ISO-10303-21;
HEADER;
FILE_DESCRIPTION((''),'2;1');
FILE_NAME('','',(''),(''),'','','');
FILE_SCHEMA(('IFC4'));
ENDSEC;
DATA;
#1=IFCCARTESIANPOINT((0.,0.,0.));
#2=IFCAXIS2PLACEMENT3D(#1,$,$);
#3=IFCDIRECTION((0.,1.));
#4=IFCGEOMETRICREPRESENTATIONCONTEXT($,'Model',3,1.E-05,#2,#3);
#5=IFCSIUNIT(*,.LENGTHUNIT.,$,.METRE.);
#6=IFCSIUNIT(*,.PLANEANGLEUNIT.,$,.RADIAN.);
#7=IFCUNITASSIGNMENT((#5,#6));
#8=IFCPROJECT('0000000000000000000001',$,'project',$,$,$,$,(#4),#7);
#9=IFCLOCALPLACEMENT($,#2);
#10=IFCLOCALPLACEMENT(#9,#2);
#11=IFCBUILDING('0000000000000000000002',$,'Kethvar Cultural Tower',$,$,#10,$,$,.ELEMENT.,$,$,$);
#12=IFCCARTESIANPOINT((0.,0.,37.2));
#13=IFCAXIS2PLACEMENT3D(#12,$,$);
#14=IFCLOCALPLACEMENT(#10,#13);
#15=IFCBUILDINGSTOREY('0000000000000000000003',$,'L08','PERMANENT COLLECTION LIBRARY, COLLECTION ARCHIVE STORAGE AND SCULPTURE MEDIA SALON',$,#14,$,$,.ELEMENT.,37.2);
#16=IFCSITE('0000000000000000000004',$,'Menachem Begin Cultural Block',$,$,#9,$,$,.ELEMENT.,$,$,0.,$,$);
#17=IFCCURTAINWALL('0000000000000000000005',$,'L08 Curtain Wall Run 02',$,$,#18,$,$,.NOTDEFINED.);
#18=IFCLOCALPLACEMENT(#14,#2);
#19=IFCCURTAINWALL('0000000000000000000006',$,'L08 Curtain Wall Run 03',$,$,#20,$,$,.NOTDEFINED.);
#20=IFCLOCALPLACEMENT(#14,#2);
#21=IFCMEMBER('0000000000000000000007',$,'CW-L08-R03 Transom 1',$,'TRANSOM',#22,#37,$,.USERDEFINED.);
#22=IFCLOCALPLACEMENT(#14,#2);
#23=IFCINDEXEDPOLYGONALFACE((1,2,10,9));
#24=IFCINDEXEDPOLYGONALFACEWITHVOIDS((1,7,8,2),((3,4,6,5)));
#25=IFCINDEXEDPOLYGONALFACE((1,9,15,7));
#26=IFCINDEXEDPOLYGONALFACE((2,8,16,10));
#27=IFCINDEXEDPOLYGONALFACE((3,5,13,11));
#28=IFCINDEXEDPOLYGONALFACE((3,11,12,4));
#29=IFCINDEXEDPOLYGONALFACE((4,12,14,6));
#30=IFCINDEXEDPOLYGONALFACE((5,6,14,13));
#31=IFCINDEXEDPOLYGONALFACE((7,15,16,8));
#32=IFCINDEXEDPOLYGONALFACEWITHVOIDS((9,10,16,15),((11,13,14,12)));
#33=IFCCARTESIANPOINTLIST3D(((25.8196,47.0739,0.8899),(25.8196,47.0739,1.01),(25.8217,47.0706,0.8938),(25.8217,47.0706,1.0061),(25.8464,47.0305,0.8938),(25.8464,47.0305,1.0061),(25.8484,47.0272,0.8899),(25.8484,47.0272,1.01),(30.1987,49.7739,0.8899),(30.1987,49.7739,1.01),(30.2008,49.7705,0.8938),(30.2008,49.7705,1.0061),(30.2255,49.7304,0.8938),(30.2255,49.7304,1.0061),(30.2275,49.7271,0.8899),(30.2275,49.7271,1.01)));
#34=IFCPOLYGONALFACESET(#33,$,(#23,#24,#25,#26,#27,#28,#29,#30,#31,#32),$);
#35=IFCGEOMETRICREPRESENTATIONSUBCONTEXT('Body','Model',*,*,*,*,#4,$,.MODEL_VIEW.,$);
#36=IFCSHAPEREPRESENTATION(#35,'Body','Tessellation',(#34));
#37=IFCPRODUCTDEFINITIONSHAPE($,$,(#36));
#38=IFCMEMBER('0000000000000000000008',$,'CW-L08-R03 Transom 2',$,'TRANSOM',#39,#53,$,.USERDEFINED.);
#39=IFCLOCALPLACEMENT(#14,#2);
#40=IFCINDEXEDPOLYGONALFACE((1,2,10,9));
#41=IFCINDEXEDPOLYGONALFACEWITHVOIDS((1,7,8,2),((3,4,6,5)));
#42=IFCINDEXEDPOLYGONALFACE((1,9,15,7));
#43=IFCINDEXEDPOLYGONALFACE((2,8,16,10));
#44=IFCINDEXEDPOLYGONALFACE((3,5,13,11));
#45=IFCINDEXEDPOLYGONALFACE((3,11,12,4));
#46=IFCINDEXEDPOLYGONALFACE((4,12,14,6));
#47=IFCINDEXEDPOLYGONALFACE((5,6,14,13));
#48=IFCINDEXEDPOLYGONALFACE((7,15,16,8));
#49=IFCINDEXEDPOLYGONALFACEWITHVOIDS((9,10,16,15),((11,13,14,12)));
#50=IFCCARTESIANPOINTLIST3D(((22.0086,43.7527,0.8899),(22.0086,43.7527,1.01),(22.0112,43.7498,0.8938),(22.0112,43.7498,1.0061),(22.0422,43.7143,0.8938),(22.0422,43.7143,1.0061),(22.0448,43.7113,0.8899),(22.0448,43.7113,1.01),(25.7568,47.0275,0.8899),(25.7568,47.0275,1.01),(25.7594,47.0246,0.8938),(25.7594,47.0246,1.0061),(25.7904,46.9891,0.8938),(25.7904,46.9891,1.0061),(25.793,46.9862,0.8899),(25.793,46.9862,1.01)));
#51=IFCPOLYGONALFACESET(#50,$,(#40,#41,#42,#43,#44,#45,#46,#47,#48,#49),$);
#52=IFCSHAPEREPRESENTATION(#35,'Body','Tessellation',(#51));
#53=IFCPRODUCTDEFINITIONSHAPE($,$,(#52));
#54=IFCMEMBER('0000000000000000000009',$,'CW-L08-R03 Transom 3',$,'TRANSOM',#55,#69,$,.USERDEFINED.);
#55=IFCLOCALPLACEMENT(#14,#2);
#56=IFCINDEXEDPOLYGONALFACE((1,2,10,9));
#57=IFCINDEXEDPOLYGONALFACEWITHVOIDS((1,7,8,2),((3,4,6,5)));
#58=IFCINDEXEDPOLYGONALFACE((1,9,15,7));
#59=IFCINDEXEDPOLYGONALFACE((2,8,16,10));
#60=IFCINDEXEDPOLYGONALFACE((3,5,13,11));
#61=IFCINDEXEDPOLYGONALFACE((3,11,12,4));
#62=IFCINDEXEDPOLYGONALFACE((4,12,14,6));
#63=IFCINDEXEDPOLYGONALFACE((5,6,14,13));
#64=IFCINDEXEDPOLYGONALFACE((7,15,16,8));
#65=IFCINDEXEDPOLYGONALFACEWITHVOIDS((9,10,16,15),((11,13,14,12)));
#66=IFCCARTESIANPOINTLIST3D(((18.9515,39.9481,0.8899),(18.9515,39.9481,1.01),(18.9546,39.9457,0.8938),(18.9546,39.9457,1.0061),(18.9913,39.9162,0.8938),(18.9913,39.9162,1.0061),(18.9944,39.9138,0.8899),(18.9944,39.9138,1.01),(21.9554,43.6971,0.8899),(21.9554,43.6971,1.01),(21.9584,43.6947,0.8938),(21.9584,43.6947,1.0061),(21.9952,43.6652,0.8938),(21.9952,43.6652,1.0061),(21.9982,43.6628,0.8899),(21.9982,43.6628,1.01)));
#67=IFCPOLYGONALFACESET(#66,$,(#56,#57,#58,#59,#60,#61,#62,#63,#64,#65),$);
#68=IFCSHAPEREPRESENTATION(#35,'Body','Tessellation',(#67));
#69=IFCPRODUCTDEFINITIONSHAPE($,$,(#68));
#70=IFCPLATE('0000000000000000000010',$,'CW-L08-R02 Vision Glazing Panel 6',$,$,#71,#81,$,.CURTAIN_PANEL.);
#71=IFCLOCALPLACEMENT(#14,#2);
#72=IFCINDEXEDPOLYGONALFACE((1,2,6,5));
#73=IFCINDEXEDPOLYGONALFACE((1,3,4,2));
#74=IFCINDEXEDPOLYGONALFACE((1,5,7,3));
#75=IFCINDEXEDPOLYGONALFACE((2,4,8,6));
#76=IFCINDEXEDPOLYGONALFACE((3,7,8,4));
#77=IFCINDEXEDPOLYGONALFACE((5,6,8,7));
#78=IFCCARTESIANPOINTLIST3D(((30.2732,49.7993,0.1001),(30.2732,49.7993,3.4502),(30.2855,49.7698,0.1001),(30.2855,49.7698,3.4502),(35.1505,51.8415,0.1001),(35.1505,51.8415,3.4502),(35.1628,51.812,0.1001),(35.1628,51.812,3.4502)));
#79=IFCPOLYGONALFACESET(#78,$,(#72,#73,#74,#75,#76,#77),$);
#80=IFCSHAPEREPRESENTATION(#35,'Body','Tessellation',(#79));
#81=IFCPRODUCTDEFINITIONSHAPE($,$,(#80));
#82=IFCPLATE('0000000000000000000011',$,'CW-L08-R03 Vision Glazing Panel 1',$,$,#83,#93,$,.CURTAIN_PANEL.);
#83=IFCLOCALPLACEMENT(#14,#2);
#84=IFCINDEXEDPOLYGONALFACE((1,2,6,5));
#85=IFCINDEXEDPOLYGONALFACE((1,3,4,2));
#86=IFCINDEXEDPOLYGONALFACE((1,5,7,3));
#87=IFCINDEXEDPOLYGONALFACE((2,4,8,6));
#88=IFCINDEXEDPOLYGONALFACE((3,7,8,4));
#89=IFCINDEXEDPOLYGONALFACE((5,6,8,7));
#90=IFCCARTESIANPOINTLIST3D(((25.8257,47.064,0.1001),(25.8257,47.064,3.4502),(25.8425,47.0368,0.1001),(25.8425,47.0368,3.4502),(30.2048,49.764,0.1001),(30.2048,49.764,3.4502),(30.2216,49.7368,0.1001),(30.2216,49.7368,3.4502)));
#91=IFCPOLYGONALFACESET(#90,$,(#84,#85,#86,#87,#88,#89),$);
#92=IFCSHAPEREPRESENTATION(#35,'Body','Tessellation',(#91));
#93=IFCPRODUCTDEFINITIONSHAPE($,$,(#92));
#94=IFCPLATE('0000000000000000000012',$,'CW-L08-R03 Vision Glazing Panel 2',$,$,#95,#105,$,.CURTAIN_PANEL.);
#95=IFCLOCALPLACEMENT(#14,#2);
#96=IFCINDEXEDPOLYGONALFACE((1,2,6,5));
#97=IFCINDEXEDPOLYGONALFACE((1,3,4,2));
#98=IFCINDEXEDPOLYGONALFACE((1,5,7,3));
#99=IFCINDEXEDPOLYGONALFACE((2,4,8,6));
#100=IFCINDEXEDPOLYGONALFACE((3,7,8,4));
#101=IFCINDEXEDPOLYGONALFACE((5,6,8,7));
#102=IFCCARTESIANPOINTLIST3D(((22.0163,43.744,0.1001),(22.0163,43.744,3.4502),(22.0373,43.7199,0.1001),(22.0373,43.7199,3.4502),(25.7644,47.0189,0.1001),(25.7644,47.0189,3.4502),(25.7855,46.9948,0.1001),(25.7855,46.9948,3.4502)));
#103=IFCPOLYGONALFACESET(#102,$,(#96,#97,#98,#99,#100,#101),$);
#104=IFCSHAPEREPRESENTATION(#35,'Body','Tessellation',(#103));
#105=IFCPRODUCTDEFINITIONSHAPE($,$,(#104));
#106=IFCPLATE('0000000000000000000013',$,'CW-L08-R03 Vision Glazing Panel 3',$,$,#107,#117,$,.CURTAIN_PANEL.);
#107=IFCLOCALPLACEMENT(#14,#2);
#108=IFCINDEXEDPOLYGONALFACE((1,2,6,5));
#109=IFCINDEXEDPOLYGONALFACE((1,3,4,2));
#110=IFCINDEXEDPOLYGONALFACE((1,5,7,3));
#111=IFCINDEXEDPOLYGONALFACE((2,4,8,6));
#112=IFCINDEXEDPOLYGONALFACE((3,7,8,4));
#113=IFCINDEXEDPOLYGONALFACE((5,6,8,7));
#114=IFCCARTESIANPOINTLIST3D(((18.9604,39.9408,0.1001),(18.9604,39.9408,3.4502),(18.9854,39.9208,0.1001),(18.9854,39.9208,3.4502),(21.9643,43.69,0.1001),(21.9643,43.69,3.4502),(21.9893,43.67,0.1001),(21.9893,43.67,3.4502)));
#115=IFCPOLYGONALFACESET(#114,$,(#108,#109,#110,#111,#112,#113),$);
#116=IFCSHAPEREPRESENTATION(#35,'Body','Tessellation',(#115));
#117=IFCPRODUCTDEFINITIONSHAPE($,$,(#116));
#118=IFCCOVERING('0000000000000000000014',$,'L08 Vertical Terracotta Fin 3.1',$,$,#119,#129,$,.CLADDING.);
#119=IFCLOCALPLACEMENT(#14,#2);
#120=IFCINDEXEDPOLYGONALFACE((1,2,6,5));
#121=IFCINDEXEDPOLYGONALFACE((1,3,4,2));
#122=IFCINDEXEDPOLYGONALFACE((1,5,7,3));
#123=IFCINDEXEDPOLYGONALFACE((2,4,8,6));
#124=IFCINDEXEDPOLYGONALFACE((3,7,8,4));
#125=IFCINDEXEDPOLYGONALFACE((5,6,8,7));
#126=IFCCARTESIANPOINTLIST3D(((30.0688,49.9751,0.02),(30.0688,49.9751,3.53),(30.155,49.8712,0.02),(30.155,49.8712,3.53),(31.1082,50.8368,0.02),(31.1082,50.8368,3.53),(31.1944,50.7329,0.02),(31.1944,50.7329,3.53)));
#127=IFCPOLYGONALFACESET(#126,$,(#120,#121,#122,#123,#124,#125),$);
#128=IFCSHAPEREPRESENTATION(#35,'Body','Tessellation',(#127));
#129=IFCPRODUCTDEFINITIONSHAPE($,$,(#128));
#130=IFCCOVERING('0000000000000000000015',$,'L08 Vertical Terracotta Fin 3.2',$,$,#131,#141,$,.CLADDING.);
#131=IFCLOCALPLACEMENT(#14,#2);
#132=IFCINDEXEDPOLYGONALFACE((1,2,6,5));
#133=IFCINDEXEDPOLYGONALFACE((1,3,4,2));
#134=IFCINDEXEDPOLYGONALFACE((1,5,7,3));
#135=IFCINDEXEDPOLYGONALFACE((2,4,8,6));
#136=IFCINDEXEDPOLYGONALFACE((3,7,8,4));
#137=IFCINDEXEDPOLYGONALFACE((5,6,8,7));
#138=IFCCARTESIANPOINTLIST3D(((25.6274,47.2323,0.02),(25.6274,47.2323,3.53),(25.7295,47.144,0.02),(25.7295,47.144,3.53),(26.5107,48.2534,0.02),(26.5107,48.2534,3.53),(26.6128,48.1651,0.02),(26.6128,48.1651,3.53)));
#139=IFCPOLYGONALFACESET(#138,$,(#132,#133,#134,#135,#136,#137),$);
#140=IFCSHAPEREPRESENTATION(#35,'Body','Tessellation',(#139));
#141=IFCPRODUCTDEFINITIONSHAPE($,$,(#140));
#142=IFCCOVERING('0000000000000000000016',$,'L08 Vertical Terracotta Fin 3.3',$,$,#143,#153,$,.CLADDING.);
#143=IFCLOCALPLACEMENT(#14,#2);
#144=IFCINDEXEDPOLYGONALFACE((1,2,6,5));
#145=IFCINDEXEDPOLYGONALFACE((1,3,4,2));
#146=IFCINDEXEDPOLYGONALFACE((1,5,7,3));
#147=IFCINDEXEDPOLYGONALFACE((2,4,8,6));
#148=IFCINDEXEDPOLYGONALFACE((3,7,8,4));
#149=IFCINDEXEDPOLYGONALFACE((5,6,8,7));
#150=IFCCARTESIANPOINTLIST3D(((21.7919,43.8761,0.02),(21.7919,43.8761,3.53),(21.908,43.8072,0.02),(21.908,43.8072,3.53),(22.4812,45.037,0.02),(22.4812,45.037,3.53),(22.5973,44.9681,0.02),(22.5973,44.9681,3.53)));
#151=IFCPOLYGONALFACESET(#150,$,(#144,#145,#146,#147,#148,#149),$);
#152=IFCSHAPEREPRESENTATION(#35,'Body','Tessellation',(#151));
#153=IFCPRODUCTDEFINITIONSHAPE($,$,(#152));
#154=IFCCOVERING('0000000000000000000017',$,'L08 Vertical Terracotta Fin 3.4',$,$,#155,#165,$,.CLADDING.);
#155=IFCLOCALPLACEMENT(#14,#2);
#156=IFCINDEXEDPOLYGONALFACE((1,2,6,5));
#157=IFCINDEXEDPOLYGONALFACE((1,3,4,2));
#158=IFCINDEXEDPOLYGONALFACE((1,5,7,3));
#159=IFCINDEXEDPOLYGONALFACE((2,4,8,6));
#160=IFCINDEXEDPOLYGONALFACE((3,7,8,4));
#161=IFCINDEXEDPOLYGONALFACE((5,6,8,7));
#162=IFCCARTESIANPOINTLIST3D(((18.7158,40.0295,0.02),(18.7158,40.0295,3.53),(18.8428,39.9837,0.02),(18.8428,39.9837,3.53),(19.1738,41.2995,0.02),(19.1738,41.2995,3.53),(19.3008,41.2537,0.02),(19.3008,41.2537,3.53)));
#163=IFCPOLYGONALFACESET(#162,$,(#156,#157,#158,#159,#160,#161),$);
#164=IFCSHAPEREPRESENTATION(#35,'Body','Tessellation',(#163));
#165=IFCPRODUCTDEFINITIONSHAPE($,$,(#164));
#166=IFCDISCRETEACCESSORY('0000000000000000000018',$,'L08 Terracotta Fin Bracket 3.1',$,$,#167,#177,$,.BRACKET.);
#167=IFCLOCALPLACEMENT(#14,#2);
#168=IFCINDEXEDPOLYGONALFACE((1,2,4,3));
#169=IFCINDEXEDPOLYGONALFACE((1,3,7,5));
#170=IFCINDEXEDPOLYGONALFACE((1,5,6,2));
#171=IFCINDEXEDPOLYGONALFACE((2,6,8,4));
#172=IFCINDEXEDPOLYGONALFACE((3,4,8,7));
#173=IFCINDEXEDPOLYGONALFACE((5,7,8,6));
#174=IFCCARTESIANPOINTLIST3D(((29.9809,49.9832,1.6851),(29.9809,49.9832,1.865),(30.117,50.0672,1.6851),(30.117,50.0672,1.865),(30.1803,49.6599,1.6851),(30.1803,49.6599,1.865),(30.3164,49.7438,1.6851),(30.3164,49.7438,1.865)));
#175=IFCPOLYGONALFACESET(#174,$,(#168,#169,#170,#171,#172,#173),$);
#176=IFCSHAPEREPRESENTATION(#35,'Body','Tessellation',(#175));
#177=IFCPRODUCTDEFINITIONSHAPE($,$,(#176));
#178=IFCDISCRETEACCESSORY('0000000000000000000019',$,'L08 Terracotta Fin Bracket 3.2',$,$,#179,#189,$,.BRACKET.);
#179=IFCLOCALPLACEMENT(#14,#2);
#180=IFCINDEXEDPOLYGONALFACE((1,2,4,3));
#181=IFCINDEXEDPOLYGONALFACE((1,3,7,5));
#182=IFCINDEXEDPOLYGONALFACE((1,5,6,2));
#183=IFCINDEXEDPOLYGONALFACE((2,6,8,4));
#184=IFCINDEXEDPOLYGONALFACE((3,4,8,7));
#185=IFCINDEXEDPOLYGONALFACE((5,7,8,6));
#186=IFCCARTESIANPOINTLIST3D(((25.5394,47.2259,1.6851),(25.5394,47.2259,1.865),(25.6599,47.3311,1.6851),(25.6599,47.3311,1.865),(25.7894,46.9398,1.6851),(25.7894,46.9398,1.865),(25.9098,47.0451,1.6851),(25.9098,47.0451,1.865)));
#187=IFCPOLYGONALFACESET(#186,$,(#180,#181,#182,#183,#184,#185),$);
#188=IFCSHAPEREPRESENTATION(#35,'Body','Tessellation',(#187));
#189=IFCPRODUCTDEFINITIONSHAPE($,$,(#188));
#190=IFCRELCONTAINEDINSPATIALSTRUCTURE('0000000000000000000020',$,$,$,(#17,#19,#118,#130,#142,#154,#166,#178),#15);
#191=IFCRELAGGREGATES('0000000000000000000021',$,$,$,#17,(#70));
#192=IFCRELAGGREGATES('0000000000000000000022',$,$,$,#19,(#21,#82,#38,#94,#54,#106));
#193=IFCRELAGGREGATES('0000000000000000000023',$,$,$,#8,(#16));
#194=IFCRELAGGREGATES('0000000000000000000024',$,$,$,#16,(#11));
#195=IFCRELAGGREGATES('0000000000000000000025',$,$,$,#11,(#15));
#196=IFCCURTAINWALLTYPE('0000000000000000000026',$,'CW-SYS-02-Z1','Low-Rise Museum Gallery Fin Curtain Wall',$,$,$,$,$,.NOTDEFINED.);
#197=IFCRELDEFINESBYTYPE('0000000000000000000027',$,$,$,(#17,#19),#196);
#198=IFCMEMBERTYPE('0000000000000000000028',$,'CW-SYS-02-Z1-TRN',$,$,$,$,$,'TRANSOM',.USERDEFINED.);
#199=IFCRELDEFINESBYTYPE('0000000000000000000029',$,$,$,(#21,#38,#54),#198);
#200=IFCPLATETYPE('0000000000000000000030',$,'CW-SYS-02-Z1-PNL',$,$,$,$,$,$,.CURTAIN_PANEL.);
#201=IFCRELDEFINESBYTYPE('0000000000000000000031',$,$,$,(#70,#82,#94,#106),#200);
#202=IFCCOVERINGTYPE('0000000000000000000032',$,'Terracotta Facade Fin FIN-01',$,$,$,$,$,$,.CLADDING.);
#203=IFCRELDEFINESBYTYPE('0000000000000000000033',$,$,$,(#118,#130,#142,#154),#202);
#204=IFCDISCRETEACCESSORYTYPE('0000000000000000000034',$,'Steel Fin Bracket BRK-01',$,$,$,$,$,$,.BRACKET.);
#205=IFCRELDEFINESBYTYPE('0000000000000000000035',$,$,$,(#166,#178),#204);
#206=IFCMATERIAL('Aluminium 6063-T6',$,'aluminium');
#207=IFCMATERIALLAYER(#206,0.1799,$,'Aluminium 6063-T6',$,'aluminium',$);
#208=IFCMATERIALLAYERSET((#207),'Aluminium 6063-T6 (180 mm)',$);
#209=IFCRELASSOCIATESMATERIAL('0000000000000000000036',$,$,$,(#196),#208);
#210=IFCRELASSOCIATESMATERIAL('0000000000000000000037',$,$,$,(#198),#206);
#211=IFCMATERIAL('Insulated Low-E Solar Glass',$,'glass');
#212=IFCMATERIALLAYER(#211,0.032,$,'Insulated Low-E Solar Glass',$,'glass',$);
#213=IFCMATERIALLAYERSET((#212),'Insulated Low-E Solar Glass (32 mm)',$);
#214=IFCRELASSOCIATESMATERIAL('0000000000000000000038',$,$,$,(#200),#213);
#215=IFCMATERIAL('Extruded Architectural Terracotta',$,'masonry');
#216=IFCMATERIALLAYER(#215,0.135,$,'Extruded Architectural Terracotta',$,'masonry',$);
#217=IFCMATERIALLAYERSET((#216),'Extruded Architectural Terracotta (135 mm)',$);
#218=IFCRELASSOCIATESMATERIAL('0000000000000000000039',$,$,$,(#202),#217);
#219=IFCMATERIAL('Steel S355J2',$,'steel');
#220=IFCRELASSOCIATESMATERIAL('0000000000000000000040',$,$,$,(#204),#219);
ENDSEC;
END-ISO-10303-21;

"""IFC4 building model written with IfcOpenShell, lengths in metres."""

from ifc_helpers import new_model, si_unit, direction, frame, origin, origin_2d, place, context, subcontext, project, spatial, rectangle, hollow_rectangle, extrude, source, transform, mapped, material, layer, layer_set, material_profile, profile_set, type_object, element, aggregate, save


model = new_model("IFC4")

# Units and contexts
model_context = context("Model", 3, precision=1e-05, world=origin(), true_north=direction((0.0, 1.0)))
body_context = subcontext(model_context, "Body", "Model", "MODEL_VIEW")
ifc_project = project(units=[si_unit("LENGTHUNIT", "METRE"), si_unit("PLANEANGLEUNIT", "RADIAN")], contexts=[model_context])

# Site, building, storey
site_placement = place(None, origin())
site = spatial("IfcSite", under=ifc_project, at=site_placement, Name="Menachem Begin Cultural Block", CompositionType="ELEMENT", RefElevation=0.0)
building_placement = place(site_placement, origin())
building = spatial("IfcBuilding", under=site, at=building_placement, Name="Kethvar Cultural Tower", CompositionType="ELEMENT")
storey_placement = place(building_placement, frame((0.0, 0.0, 37.2)))
storey = spatial("IfcBuildingStorey", under=building, at=storey_placement, Name="L08", Description="PERMANENT COLLECTION LIBRARY, COLLECTION ARCHIVE STORAGE AND SCULPTURE MEDIA SALON", CompositionType="ELEMENT", Elevation=37.2)

# Shared definitions
ifc_material_1 = material(Name="Steel S355J2", Category="steel")

# Curtain wall
ifc_material_2 = material(Name="Aluminium 6063-T6", Category="aluminium")
ifc_layer_1 = layer(ifc_material_2, 0.1799, Name="Aluminium 6063-T6", Category="aluminium")
ifc_layer_set_1 = layer_set([ifc_layer_1], Name="Aluminium 6063-T6 (180 mm)")
curtain_wall_type = type_object("IfcCurtainWallType", Name="CW-SYS-02-Z1", Description="Low-Rise Museum Gallery Fin Curtain Wall", PredefinedType="NOTDEFINED", material=ifc_layer_set_1)
curtain_wall_1_placement = place(storey_placement, origin())
curtain_wall_1 = element("IfcCurtainWall", 1, at=curtain_wall_1_placement, inside=storey, type_object=curtain_wall_type, Name="L08 Curtain Wall Run 02", PredefinedType="NOTDEFINED")

# Curtain wall, members
curtain_wall_2_placement = place(storey_placement, origin())
curtain_wall_2 = element("IfcCurtainWall", 2, at=curtain_wall_2_placement, inside=storey, type_object=curtain_wall_type, Name="L08 Curtain Wall Run 03", PredefinedType="NOTDEFINED")
ifc_material_profile_1 = material_profile(ifc_material_2, hollow_rectangle(XDim=0.0549, YDim=0.1201, WallThickness=0.0039, at=origin_2d()), Name="Aluminium 6063-T6 — RHS120x55x4")
ifc_profile_set_1 = profile_set([ifc_material_profile_1], Name="Aluminium 6063-T6 — RHS120x55x4")
member_type_1 = type_object("IfcMemberType", Name="CW-SYS-02-Z1-TRN", ElementType="TRANSOM", PredefinedType="USERDEFINED", material=ifc_profile_set_1)
shared_shape_1 = source(origin(), body_context, "Body", "SweptSolid", [
    extrude(hollow_rectangle(XDim=0.0549, YDim=0.1201, WallThickness=0.0039, at=origin_2d()), origin(), (0.0, 0.0, 1.0), 5.1445),
])
member_1_placement = place(storey_placement, frame((30.2131, 49.7505, 0.95), z_axis=(-0.851216, -0.524815, 0.0), x_axis=(0.524815, -0.851216, 0.0)))
member_1 = element("IfcMember", 3, at=member_1_placement, type_object=member_type_1, Name="CW-L08-R03 Transom 1", ObjectType="TRANSOM", PredefinedType="USERDEFINED", context=body_context, shape_type="MappedRepresentation", body=[
    mapped(shared_shape_1, transform((0.0, 0.0, 0.0), scale=1.0)),
])
shared_shape_2 = source(origin(), body_context, "Body", "SweptSolid", [
    extrude(hollow_rectangle(XDim=0.0549, YDim=0.1201, WallThickness=0.0039, at=origin_2d()), origin(), (0.0, 0.0, 1.0), 4.9773),
])
member_2_placement = place(storey_placement, frame((25.7749, 47.0068, 0.95), z_axis=(-0.75306, -0.657952, 0.0), x_axis=(0.657952, -0.75306, 0.0)))
member_2 = element("IfcMember", 4, at=member_2_placement, type_object=member_type_1, Name="CW-L08-R03 Transom 2", ObjectType="TRANSOM", PredefinedType="USERDEFINED", context=body_context, shape_type="MappedRepresentation", body=[
    mapped(shared_shape_2, transform((0.0, 0.0, 0.0), scale=1.0)),
])
shared_shape_3 = source(origin(), body_context, "Body", "SweptSolid", [
    extrude(hollow_rectangle(XDim=0.0549, YDim=0.1201, WallThickness=0.0039, at=origin_2d()), origin(), (0.0, 0.0, 1.0), 4.804),
])
member_3_placement = place(storey_placement, frame((21.9768, 43.6799, 0.95), z_axis=(-0.62529, -0.780393, 0.0), x_axis=(0.780393, -0.62529, 0.0)))
member_3 = element("IfcMember", 5, at=member_3_placement, type_object=member_type_1, Name="CW-L08-R03 Transom 3", ObjectType="TRANSOM", PredefinedType="USERDEFINED", context=body_context, shape_type="MappedRepresentation", body=[
    mapped(shared_shape_3, transform((0.0, 0.0, 0.0), scale=1.0)),
])

# Plates
ifc_material_3 = material(Name="Insulated Low-E Solar Glass", Category="glass")
ifc_layer_2 = layer(ifc_material_3, 0.032, Name="Insulated Low-E Solar Glass", Category="glass")
ifc_layer_set_2 = layer_set([ifc_layer_2], Name="Insulated Low-E Solar Glass (32 mm)")
plate_type = type_object("IfcPlateType", Name="CW-SYS-02-Z1-PNL", PredefinedType="CURTAIN_PANEL", material=ifc_layer_set_2)
shared_shape_4 = source(origin(), body_context, "Body", "SweptSolid", [
    extrude(rectangle(XDim=5.2876, YDim=0.032, at=origin_2d()), origin(), (0.0, 0.0, 1.0), 3.3501),
])
plate_1_placement = place(storey_placement, frame((32.718, 50.8057, 0.1001), z_axis=(0.0, 0.0, 1.0), x_axis=(-0.922403, -0.386228, 0.0)))
plate_1 = element("IfcPlate", 6, at=plate_1_placement, type_object=plate_type, Name="CW-L08-R02 Vision Glazing Panel 6", PredefinedType="CURTAIN_PANEL", context=body_context, shape_type="MappedRepresentation", body=[
    mapped(shared_shape_4, transform((0.0, 0.0, 0.0), scale=1.0)),
])
aggregate(curtain_wall_1, [plate_1])
shared_shape_5 = source(origin(), body_context, "Body", "SweptSolid", [
    extrude(rectangle(XDim=5.1445, YDim=0.032, at=origin_2d()), origin(), (0.0, 0.0, 1.0), 3.3501),
])
plate_2_placement = place(storey_placement, frame((28.0237, 48.4004, 0.1001), z_axis=(0.0, 0.0, 1.0), x_axis=(-0.851214, -0.524818, 0.0)))
plate_2 = element("IfcPlate", 7, at=plate_2_placement, type_object=plate_type, Name="CW-L08-R03 Vision Glazing Panel 1", PredefinedType="CURTAIN_PANEL", context=body_context, shape_type="MappedRepresentation", body=[
    mapped(shared_shape_5, transform((0.0, 0.0, 0.0), scale=1.0)),
])
shared_shape_6 = source(origin(), body_context, "Body", "SweptSolid", [
    extrude(rectangle(XDim=4.9773, YDim=0.032, at=origin_2d()), origin(), (0.0, 0.0, 1.0), 3.3501),
])
plate_3_placement = place(storey_placement, frame((23.9009, 45.3694, 0.1001), z_axis=(0.0, 0.0, 1.0), x_axis=(-0.753047, -0.657967, 0.0)))
plate_3 = element("IfcPlate", 8, at=plate_3_placement, type_object=plate_type, Name="CW-L08-R03 Vision Glazing Panel 2", PredefinedType="CURTAIN_PANEL", context=body_context, shape_type="MappedRepresentation", body=[
    mapped(shared_shape_6, transform((0.0, 0.0, 0.0), scale=1.0)),
])
shared_shape_7 = source(origin(), body_context, "Body", "SweptSolid", [
    extrude(rectangle(XDim=4.8042, YDim=0.032, at=origin_2d()), origin(), (0.0, 0.0, 1.0), 3.3501),
])
plate_4_placement = place(storey_placement, frame((20.4749, 41.8054, 0.1001), z_axis=(0.0, 0.0, 1.0), x_axis=(-0.62527, -0.780409, 0.0)))
plate_4 = element("IfcPlate", 9, at=plate_4_placement, type_object=plate_type, Name="CW-L08-R03 Vision Glazing Panel 3", PredefinedType="CURTAIN_PANEL", context=body_context, shape_type="MappedRepresentation", body=[
    mapped(shared_shape_7, transform((0.0, 0.0, 0.0), scale=1.0)),
])
aggregate(curtain_wall_2, [member_1, plate_2, member_2, plate_3, member_3, plate_4])

# Coverings
ifc_material_4 = material(Name="Extruded Architectural Terracotta", Category="masonry")
ifc_layer_3 = layer(ifc_material_4, 0.135, Name="Extruded Architectural Terracotta", Category="masonry")
ifc_layer_set_3 = layer_set([ifc_layer_3], Name="Extruded Architectural Terracotta (135 mm)")
covering_type = type_object("IfcCoveringType", Name="Terracotta Facade Fin FIN-01", PredefinedType="CLADDING", material=ifc_layer_set_3)
shared_shape_8 = source(origin(), body_context, "Body", "SweptSolid", [
    extrude(rectangle(XDim=1.3501, YDim=0.135, at=origin_2d()), origin(), (0.0, 0.0, 1.0), 3.51),
])
for number, where, z_axis, x_axis, name in (
    (10, (30.6316, 50.354, 0.02), (0.0, 0.0, 1.0), (0.769845, 0.638231, 0.0), "L08 Vertical Terracotta Fin 3.1"),
    (11, (26.1201, 47.6987, 0.02), (0.0, 0.0, 1.0), (0.654213, 0.75631, 0.0), "L08 Vertical Terracotta Fin 3.2"),
    (12, (22.1946, 44.4221, 0.02), (0.0, 0.0, 1.0), (0.510543, 0.859852, 0.0), "L08 Vertical Terracotta Fin 3.3"),
    (13, (19.0083, 40.6416, 0.02), (0.0, 0.0, 1.0), (0.339231, 0.940703, 0.0), "L08 Vertical Terracotta Fin 3.4"),
):
    element("IfcCovering", number, at=place(storey_placement, frame(where, z_axis=z_axis, x_axis=x_axis)), inside=storey, type_object=covering_type, Name=name, PredefinedType="CLADDING", context=body_context, shape_type="MappedRepresentation", body=[
        mapped(shared_shape_8, transform((0.0, 0.0, 0.0), scale=1.0)),
    ])

# Discrete accessories
discrete_accessory_type = type_object("IfcDiscreteAccessoryType", Name="Steel Fin Bracket BRK-01", PredefinedType="BRACKET", material=ifc_material_1)
shared_shape_9 = source(origin(), body_context, "Body", "SweptSolid", [
    extrude(rectangle(XDim=0.3799, YDim=0.1599, at=origin_2d()), origin(), (0.0, 0.0, 1.0), 0.1799),
])
for number, where, z_axis, x_axis, name in (
    (14, (30.1487, 49.8635, 1.6851), (0.0, 0.0, 1.0), (-0.524878, 0.851178, 0.0), "L08 Terracotta Fin Bracket 3.1"),
    (15, (25.7246, 47.1355, 1.6851), (0.0, 0.0, 1.0), (-0.657901, 0.753104, 0.0), "L08 Terracotta Fin Bracket 3.2"),
):
    element("IfcDiscreteAccessory", number, at=place(storey_placement, frame(where, z_axis=z_axis, x_axis=x_axis)), inside=storey, type_object=discrete_accessory_type, Name=name, PredefinedType="BRACKET", context=body_context, shape_type="MappedRepresentation", body=[
        mapped(shared_shape_9, transform((0.0, 0.0, 0.0), scale=1.0)),
    ])

save(model, "model.ifc")
